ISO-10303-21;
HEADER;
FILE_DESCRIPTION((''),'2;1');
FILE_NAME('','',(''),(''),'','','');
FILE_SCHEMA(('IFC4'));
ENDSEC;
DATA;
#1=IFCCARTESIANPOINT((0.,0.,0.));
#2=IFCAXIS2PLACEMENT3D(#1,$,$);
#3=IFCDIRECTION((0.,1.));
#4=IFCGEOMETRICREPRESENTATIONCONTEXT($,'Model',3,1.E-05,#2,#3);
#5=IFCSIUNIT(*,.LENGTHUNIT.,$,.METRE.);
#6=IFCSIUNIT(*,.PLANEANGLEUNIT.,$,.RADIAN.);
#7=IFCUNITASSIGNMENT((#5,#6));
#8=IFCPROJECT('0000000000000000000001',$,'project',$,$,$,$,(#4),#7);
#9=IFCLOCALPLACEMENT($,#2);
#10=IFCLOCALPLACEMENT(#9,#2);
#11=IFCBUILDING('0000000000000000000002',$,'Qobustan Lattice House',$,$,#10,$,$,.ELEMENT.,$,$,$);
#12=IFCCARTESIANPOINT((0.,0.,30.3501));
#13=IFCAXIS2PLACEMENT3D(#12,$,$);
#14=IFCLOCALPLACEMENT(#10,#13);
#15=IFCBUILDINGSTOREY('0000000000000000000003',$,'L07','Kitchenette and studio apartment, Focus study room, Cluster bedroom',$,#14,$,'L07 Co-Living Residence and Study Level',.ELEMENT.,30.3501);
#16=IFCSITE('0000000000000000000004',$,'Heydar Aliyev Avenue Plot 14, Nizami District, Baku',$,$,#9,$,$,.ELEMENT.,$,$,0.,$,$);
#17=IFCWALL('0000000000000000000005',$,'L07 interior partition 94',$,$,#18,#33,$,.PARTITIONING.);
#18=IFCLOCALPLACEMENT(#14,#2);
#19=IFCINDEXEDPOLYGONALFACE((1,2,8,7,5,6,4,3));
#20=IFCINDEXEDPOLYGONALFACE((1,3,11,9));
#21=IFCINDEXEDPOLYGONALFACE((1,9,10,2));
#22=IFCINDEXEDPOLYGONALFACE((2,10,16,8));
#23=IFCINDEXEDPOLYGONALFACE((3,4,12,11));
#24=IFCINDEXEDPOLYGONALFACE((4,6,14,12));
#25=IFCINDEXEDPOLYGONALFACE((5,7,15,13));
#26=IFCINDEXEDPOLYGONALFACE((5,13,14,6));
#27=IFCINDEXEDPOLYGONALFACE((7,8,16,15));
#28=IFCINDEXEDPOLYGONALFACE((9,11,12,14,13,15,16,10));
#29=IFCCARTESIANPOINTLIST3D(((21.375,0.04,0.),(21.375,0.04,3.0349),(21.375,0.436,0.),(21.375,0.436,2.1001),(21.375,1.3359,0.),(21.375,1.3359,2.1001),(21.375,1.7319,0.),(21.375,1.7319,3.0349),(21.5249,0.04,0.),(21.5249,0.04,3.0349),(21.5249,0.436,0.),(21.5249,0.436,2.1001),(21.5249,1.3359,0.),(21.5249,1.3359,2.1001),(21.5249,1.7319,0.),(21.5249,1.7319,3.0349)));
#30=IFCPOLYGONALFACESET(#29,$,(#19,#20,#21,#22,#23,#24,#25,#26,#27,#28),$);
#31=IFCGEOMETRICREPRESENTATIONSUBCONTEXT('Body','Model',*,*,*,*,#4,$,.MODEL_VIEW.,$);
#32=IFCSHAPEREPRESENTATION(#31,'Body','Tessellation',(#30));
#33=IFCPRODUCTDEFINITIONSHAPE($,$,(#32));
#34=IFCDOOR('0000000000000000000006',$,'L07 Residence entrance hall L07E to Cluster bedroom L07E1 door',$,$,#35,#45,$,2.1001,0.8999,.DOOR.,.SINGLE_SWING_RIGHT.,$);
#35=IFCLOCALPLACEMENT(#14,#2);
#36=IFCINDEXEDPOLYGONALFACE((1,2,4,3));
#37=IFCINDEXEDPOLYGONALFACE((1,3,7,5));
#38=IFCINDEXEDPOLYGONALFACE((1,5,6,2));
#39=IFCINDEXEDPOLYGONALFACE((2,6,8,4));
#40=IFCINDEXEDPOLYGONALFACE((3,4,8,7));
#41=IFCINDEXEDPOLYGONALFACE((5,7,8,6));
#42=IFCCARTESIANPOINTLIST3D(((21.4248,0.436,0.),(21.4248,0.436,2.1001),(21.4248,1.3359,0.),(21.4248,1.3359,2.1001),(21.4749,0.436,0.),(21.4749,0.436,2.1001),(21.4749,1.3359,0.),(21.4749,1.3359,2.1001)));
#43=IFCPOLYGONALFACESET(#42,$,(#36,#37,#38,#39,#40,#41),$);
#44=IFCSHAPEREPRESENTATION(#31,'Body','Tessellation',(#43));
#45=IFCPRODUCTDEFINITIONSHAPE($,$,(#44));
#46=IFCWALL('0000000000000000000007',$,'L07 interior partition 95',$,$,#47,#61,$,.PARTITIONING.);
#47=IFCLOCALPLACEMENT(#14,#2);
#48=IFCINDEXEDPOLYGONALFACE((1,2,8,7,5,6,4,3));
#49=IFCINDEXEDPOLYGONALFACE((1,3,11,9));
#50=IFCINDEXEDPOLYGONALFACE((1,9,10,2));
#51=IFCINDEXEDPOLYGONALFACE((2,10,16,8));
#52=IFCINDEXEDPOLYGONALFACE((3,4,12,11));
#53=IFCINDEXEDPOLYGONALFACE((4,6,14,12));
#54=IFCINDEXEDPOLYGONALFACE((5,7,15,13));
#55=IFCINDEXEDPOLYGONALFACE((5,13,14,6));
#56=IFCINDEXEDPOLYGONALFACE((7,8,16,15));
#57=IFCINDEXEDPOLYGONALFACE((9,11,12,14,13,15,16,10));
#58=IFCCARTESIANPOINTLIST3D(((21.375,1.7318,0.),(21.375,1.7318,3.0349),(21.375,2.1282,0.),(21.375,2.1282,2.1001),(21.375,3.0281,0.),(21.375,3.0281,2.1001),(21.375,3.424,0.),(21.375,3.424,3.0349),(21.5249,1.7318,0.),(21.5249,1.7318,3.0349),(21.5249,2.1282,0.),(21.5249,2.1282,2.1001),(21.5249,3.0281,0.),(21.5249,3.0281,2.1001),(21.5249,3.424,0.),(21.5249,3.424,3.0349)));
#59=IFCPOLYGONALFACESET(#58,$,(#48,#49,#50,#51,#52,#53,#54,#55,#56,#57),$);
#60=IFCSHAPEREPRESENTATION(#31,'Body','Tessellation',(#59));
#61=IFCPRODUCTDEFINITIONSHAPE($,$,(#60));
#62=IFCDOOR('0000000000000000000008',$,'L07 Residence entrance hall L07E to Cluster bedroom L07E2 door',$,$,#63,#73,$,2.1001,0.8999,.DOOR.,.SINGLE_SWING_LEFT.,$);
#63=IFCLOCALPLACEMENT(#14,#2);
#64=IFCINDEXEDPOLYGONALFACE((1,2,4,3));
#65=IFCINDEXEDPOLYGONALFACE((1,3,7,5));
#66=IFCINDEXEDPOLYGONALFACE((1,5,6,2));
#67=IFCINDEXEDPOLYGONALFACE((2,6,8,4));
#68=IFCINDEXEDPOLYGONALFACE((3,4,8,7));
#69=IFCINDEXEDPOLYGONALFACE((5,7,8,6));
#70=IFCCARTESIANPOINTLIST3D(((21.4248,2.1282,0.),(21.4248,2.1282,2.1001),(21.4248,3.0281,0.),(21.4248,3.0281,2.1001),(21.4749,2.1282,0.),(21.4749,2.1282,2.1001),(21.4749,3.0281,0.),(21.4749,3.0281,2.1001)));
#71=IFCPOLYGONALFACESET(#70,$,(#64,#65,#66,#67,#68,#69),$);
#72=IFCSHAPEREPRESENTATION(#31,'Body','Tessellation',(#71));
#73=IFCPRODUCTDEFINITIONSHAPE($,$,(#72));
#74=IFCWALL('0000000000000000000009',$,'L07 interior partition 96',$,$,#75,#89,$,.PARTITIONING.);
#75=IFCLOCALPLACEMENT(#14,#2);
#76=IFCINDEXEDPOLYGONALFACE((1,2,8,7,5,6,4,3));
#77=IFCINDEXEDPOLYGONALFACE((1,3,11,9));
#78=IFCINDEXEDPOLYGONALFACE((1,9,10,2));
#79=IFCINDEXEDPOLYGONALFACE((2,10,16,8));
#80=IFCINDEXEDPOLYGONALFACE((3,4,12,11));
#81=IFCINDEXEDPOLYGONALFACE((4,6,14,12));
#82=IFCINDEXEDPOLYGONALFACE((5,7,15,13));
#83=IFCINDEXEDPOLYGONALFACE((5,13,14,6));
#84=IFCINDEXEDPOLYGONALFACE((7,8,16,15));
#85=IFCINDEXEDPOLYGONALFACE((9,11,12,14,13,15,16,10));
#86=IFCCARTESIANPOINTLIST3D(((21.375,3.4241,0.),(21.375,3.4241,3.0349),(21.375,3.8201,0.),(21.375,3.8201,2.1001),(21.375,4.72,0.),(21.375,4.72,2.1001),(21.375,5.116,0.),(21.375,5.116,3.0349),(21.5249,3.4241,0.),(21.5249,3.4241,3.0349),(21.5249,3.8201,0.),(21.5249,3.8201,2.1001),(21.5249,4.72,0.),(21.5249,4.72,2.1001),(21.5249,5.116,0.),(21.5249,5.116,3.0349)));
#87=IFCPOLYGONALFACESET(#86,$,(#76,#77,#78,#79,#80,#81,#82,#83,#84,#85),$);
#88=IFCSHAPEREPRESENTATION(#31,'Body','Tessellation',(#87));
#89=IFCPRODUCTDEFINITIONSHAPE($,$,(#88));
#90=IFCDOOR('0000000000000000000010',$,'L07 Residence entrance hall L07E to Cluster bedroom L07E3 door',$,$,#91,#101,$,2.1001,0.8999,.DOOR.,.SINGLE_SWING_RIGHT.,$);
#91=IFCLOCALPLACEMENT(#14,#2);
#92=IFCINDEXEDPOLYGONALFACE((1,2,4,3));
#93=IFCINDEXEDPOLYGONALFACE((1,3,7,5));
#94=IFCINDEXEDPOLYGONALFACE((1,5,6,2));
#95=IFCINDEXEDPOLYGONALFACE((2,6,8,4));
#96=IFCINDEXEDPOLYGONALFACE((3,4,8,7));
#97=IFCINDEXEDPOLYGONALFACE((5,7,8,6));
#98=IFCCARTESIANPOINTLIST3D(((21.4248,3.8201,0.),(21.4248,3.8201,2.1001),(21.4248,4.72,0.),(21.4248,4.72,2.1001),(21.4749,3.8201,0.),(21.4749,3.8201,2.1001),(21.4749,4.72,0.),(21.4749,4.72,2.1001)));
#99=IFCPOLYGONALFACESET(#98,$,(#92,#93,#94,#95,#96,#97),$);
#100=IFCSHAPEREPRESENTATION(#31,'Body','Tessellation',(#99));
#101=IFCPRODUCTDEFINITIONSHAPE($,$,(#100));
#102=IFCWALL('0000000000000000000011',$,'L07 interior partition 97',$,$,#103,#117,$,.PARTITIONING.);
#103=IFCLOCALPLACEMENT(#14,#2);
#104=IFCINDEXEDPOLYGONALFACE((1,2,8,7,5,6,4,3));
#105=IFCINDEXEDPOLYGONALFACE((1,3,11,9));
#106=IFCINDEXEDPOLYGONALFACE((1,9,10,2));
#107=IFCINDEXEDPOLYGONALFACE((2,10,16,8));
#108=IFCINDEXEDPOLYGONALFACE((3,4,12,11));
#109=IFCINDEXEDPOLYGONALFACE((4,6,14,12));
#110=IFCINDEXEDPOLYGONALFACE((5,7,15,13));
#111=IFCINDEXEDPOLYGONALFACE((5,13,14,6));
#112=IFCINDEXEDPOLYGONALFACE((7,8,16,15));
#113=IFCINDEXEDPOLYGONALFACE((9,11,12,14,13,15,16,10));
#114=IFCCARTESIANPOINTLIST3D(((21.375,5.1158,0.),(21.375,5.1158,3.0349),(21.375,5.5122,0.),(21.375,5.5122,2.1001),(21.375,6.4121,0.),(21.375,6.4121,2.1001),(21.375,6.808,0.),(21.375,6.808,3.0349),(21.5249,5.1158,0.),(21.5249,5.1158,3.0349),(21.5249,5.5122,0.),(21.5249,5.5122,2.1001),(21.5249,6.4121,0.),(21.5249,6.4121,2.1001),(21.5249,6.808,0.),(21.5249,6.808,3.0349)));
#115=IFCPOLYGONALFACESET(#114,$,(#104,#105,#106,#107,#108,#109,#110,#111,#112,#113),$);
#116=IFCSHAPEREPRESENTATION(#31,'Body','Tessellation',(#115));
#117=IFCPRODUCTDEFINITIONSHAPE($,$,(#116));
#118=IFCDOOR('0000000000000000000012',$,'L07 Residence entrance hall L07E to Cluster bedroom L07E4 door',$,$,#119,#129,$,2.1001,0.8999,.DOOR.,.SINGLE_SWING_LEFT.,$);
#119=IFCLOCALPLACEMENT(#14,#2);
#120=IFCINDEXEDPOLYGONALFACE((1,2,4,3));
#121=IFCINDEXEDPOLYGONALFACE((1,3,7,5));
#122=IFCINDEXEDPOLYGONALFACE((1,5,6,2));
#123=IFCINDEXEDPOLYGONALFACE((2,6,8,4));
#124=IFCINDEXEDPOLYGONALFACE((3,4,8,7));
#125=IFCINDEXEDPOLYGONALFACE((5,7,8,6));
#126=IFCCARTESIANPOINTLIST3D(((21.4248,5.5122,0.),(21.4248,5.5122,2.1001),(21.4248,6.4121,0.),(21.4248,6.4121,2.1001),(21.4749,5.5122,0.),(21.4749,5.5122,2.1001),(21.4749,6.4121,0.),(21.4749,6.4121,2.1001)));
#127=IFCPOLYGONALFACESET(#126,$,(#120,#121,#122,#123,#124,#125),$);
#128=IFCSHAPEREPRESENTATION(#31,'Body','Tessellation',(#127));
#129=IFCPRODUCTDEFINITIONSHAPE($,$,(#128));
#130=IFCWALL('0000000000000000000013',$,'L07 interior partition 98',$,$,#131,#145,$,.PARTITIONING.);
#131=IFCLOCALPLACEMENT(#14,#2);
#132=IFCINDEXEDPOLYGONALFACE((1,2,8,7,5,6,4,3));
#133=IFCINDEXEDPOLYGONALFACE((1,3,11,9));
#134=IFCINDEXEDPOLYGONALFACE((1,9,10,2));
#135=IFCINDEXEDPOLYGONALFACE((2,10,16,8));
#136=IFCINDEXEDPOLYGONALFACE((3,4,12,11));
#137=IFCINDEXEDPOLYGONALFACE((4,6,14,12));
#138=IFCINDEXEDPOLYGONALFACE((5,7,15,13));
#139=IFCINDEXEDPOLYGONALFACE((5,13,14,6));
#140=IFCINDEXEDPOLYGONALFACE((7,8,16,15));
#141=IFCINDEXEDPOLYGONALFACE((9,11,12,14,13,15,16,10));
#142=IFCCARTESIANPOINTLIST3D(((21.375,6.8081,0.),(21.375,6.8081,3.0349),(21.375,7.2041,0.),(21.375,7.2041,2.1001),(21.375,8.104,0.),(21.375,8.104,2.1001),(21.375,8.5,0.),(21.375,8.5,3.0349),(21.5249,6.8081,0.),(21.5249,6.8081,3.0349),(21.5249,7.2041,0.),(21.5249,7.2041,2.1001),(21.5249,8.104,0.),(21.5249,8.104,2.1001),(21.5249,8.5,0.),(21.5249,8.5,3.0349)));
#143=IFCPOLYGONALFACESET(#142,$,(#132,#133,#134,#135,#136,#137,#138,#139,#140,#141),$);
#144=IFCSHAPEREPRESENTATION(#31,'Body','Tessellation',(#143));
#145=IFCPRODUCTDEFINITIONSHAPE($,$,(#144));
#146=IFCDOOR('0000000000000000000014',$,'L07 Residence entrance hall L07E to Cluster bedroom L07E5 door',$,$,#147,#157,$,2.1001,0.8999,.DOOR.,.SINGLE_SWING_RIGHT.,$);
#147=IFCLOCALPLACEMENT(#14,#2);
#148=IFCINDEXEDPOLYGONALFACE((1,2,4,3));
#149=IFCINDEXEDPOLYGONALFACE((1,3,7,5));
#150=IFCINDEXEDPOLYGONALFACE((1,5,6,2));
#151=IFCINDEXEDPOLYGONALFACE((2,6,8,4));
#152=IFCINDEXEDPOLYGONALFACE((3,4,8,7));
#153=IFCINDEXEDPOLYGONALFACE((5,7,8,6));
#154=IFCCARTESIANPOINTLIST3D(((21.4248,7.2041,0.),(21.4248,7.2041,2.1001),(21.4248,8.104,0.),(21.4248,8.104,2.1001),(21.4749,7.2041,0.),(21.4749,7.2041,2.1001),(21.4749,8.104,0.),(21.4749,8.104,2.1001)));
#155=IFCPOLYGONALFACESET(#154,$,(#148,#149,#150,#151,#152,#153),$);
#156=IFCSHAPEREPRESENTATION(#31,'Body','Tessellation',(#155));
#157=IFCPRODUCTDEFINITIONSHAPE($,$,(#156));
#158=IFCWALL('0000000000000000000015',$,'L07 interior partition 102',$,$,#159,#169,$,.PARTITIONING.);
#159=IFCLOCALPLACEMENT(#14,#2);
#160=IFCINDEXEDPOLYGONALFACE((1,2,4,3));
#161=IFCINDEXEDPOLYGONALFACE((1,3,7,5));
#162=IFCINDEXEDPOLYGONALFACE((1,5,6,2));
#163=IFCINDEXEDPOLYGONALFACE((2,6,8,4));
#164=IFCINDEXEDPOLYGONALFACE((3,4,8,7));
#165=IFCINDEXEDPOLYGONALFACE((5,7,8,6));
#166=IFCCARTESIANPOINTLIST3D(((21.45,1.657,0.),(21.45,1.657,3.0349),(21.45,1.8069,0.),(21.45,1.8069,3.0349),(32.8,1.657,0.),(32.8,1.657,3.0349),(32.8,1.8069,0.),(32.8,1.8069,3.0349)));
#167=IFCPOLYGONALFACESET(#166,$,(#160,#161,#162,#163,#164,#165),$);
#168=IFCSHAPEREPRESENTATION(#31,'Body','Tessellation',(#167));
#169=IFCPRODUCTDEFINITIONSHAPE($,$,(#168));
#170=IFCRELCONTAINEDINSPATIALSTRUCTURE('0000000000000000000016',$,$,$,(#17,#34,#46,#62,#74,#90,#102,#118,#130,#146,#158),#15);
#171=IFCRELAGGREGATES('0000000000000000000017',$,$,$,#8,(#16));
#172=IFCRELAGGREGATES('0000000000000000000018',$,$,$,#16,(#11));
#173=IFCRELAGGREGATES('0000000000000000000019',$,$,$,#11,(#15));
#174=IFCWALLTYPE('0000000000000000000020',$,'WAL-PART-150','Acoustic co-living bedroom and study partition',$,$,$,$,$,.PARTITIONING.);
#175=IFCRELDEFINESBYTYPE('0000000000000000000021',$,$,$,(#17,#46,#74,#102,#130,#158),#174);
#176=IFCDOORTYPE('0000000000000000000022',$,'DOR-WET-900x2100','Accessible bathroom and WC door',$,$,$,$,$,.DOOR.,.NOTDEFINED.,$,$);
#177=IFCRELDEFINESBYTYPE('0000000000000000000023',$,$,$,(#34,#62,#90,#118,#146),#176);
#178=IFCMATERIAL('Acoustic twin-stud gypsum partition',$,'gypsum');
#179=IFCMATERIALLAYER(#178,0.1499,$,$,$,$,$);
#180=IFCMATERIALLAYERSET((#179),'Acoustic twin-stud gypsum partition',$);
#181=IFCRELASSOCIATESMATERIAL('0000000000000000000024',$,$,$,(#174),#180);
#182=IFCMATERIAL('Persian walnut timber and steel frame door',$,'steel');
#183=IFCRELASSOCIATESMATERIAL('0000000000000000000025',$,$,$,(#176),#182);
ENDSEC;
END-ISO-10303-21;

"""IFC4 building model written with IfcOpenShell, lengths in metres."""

from ifc_helpers import new_model, si_unit, direction, frame, frame_2d, origin, place, context, subcontext, project, spatial, rectangle, extrude, material, layer, layer_set, type_object, element, fill, save


model = new_model("IFC4")

# Units and contexts
model_context = context("Model", 3, precision=1e-05, world=origin(), true_north=direction((0.0, 1.0)))
body_context = subcontext(model_context, "Body", "Model", "MODEL_VIEW")
ifc_project = project(units=[si_unit("LENGTHUNIT", "METRE"), si_unit("PLANEANGLEUNIT", "RADIAN")], contexts=[model_context])

# Site, building, storey
site_placement = place(None, origin())
site = spatial("IfcSite", under=ifc_project, at=site_placement, Name="Heydar Aliyev Avenue Plot 14, Nizami District, Baku", CompositionType="ELEMENT", RefElevation=0.0)
building_placement = place(site_placement, origin())
building = spatial("IfcBuilding", under=site, at=building_placement, Name="Qobustan Lattice House", CompositionType="ELEMENT")
storey_placement = place(building_placement, frame((0.0, 0.0, 30.3501)))
storey = spatial("IfcBuildingStorey", under=building, at=storey_placement, Name="L07", Description="Kitchenette and studio apartment, Focus study room, Cluster bedroom", LongName="L07 Co-Living Residence and Study Level", CompositionType="ELEMENT", Elevation=30.3501)

# Shared definitions
ifc_material_1 = material(Name="Acoustic twin-stud gypsum partition", Category="gypsum")
ifc_layer_1 = layer(ifc_material_1, 0.1499)
ifc_layer_set_1 = layer_set([ifc_layer_1], Name="Acoustic twin-stud gypsum partition")
wall_type_1 = type_object("IfcWallType", Name="WAL-PART-150", Description="Acoustic co-living bedroom and study partition", PredefinedType="PARTITIONING", material=ifc_layer_set_1)

# Walls, openings, doors
wall_1_placement = place(storey_placement, frame((21.45, 1.7319, 0.0), z_axis=(0.0, 0.0, 1.0), x_axis=(0.0, -1.0, 0.0)))
wall_1 = element("IfcWall", 1, at=wall_1_placement, inside=storey, type_object=wall_type_1, Name="L07 interior partition 94", PredefinedType="PARTITIONING", context=body_context, shape_type="SweptSolid", body=[
    extrude(rectangle(XDim=1.6919, YDim=0.1499, at=frame_2d((0.8459, 0.0))), origin(), (0.0, 0.0, 1.0), 3.0349),
])
opening_1_placement = place(wall_1_placement, frame((0.396, 0.0, 0.0)))
opening_1 = element("IfcOpeningElement", 2, at=opening_1_placement, cuts=wall_1, PredefinedType="OPENING", context=body_context, shape_type="SweptSolid", body=[
    extrude(rectangle(XDim=0.8999, YDim=2.1001, at=frame_2d((0.45, 1.05))), frame((0.0, 0.085, 0.0), z_axis=(0.0, -1.0, 0.0), x_axis=(1.0, 0.0, 0.0)), (0.0, 0.0, 1.0), 0.1699),
])
ifc_material_2 = material(Name="Persian walnut timber and steel frame door", Category="steel")
door_type_1 = type_object("IfcDoorType", Name="DOR-WET-900x2100", Description="Accessible bathroom and WC door", OperationType="NOTDEFINED", PredefinedType="DOOR", material=ifc_material_2)
door_1_placement = place(opening_1_placement, origin())
door_1 = element("IfcDoor", 3, at=door_1_placement, inside=storey, type_object=door_type_1, Name="L07 Residence entrance hall L07E to Cluster bedroom L07E1 door", OperationType="SINGLE_SWING_RIGHT", OverallHeight=2.1001, OverallWidth=0.8999, PredefinedType="DOOR", context=body_context, shape_type="SweptSolid", body=[
    extrude(rectangle(XDim=0.8999, YDim=2.1001, at=frame_2d((0.45, 1.05))), frame((0.0, 0.0249, 0.0), z_axis=(0.0, -1.0, 0.0), x_axis=(1.0, 0.0, 0.0)), (0.0, 0.0, 1.0), 0.05),
])
fill(opening_1, door_1)
wall_2_placement = place(storey_placement, frame((21.45, 3.4241, 0.0), z_axis=(0.0, 0.0, 1.0), x_axis=(0.0, -1.0, 0.0)))
wall_2 = element("IfcWall", 4, at=wall_2_placement, inside=storey, type_object=wall_type_1, Name="L07 interior partition 95", PredefinedType="PARTITIONING", context=body_context, shape_type="SweptSolid", body=[
    extrude(rectangle(XDim=1.6921, YDim=0.1499, at=frame_2d((0.8462, 0.0))), origin(), (0.0, 0.0, 1.0), 3.0349),
])
opening_2_placement = place(wall_2_placement, frame((0.396, 0.0, 0.0)))
opening_2 = element("IfcOpeningElement", 5, at=opening_2_placement, cuts=wall_2, PredefinedType="OPENING", context=body_context, shape_type="SweptSolid", body=[
    extrude(rectangle(XDim=0.8999, YDim=2.1001, at=frame_2d((0.45, 1.05))), frame((0.0, 0.085, 0.0), z_axis=(0.0, -1.0, 0.0), x_axis=(1.0, 0.0, 0.0)), (0.0, 0.0, 1.0), 0.1699),
])
door_2_placement = place(opening_2_placement, origin())
door_2 = element("IfcDoor", 6, at=door_2_placement, inside=storey, type_object=door_type_1, Name="L07 Residence entrance hall L07E to Cluster bedroom L07E2 door", OperationType="SINGLE_SWING_LEFT", OverallHeight=2.1001, OverallWidth=0.8999, PredefinedType="DOOR", context=body_context, shape_type="SweptSolid", body=[
    extrude(rectangle(XDim=0.8999, YDim=2.1001, at=frame_2d((0.45, 1.05))), frame((0.0, 0.0249, 0.0), z_axis=(0.0, -1.0, 0.0), x_axis=(1.0, 0.0, 0.0)), (0.0, 0.0, 1.0), 0.05),
])
fill(opening_2, door_2)
wall_3_placement = place(storey_placement, frame((21.45, 5.116, 0.0), z_axis=(0.0, 0.0, 1.0), x_axis=(0.0, -1.0, 0.0)))
wall_3 = element("IfcWall", 7, at=wall_3_placement, inside=storey, type_object=wall_type_1, Name="L07 interior partition 96", PredefinedType="PARTITIONING", context=body_context, shape_type="SweptSolid", body=[
    extrude(rectangle(XDim=1.6919, YDim=0.1499, at=frame_2d((0.8459, 0.0))), origin(), (0.0, 0.0, 1.0), 3.0349),
])
opening_3_placement = place(wall_3_placement, frame((0.396, 0.0, 0.0)))
opening_3 = element("IfcOpeningElement", 8, at=opening_3_placement, cuts=wall_3, PredefinedType="OPENING", context=body_context, shape_type="SweptSolid", body=[
    extrude(rectangle(XDim=0.8999, YDim=2.1001, at=frame_2d((0.45, 1.05))), frame((0.0, 0.085, 0.0), z_axis=(0.0, -1.0, 0.0), x_axis=(1.0, 0.0, 0.0)), (0.0, 0.0, 1.0), 0.1699),
])
door_3_placement = place(opening_3_placement, origin())
door_3 = element("IfcDoor", 9, at=door_3_placement, inside=storey, type_object=door_type_1, Name="L07 Residence entrance hall L07E to Cluster bedroom L07E3 door", OperationType="SINGLE_SWING_RIGHT", OverallHeight=2.1001, OverallWidth=0.8999, PredefinedType="DOOR", context=body_context, shape_type="SweptSolid", body=[
    extrude(rectangle(XDim=0.8999, YDim=2.1001, at=frame_2d((0.45, 1.05))), frame((0.0, 0.0249, 0.0), z_axis=(0.0, -1.0, 0.0), x_axis=(1.0, 0.0, 0.0)), (0.0, 0.0, 1.0), 0.05),
])
fill(opening_3, door_3)
wall_4_placement = place(storey_placement, frame((21.45, 6.8081, 0.0), z_axis=(0.0, 0.0, 1.0), x_axis=(0.0, -1.0, 0.0)))
wall_4 = element("IfcWall", 10, at=wall_4_placement, inside=storey, type_object=wall_type_1, Name="L07 interior partition 97", PredefinedType="PARTITIONING", context=body_context, shape_type="SweptSolid", body=[
    extrude(rectangle(XDim=1.6921, YDim=0.1499, at=frame_2d((0.8462, 0.0))), origin(), (0.0, 0.0, 1.0), 3.0349),
])
opening_4_placement = place(wall_4_placement, frame((0.396, 0.0, 0.0)))
opening_4 = element("IfcOpeningElement", 11, at=opening_4_placement, cuts=wall_4, PredefinedType="OPENING", context=body_context, shape_type="SweptSolid", body=[
    extrude(rectangle(XDim=0.8999, YDim=2.1001, at=frame_2d((0.45, 1.05))), frame((0.0, 0.085, 0.0), z_axis=(0.0, -1.0, 0.0), x_axis=(1.0, 0.0, 0.0)), (0.0, 0.0, 1.0), 0.1699),
])
door_4_placement = place(opening_4_placement, origin())
door_4 = element("IfcDoor", 12, at=door_4_placement, inside=storey, type_object=door_type_1, Name="L07 Residence entrance hall L07E to Cluster bedroom L07E4 door", OperationType="SINGLE_SWING_LEFT", OverallHeight=2.1001, OverallWidth=0.8999, PredefinedType="DOOR", context=body_context, shape_type="SweptSolid", body=[
    extrude(rectangle(XDim=0.8999, YDim=2.1001, at=frame_2d((0.45, 1.05))), frame((0.0, 0.0249, 0.0), z_axis=(0.0, -1.0, 0.0), x_axis=(1.0, 0.0, 0.0)), (0.0, 0.0, 1.0), 0.05),
])
fill(opening_4, door_4)
wall_5_placement = place(storey_placement, frame((21.45, 8.5, 0.0), z_axis=(0.0, 0.0, 1.0), x_axis=(0.0, -1.0, 0.0)))
wall_5 = element("IfcWall", 13, at=wall_5_placement, inside=storey, type_object=wall_type_1, Name="L07 interior partition 98", PredefinedType="PARTITIONING", context=body_context, shape_type="SweptSolid", body=[
    extrude(rectangle(XDim=1.6919, YDim=0.1499, at=frame_2d((0.8459, 0.0))), origin(), (0.0, 0.0, 1.0), 3.0349),
])
opening_5_placement = place(wall_5_placement, frame((0.396, 0.0, 0.0)))
opening_5 = element("IfcOpeningElement", 14, at=opening_5_placement, cuts=wall_5, PredefinedType="OPENING", context=body_context, shape_type="SweptSolid", body=[
    extrude(rectangle(XDim=0.8999, YDim=2.1001, at=frame_2d((0.45, 1.05))), frame((0.0, 0.085, 0.0), z_axis=(0.0, -1.0, 0.0), x_axis=(1.0, 0.0, 0.0)), (0.0, 0.0, 1.0), 0.1699),
])
door_5_placement = place(opening_5_placement, origin())
door_5 = element("IfcDoor", 15, at=door_5_placement, inside=storey, type_object=door_type_1, Name="L07 Residence entrance hall L07E to Cluster bedroom L07E5 door", OperationType="SINGLE_SWING_RIGHT", OverallHeight=2.1001, OverallWidth=0.8999, PredefinedType="DOOR", context=body_context, shape_type="SweptSolid", body=[
    extrude(rectangle(XDim=0.8999, YDim=2.1001, at=frame_2d((0.45, 1.05))), frame((0.0, 0.0249, 0.0), z_axis=(0.0, -1.0, 0.0), x_axis=(1.0, 0.0, 0.0)), (0.0, 0.0, 1.0), 0.05),
])
fill(opening_5, door_5)

# Wall
wall_6_placement = place(storey_placement, frame((21.45, 1.7319, 0.0), z_axis=(0.0, 0.0, 1.0), x_axis=(1.0, 0.0, 0.0)))
element("IfcWall", 16, at=wall_6_placement, inside=storey, type_object=wall_type_1, Name="L07 interior partition 102", PredefinedType="PARTITIONING", context=body_context, shape_type="SweptSolid", body=[
    extrude(rectangle(XDim=11.3501, YDim=0.1499, at=frame_2d((5.675, 0.0))), origin(), (0.0, 0.0, 1.0), 3.0349),
])

save(model, "model.ifc")
